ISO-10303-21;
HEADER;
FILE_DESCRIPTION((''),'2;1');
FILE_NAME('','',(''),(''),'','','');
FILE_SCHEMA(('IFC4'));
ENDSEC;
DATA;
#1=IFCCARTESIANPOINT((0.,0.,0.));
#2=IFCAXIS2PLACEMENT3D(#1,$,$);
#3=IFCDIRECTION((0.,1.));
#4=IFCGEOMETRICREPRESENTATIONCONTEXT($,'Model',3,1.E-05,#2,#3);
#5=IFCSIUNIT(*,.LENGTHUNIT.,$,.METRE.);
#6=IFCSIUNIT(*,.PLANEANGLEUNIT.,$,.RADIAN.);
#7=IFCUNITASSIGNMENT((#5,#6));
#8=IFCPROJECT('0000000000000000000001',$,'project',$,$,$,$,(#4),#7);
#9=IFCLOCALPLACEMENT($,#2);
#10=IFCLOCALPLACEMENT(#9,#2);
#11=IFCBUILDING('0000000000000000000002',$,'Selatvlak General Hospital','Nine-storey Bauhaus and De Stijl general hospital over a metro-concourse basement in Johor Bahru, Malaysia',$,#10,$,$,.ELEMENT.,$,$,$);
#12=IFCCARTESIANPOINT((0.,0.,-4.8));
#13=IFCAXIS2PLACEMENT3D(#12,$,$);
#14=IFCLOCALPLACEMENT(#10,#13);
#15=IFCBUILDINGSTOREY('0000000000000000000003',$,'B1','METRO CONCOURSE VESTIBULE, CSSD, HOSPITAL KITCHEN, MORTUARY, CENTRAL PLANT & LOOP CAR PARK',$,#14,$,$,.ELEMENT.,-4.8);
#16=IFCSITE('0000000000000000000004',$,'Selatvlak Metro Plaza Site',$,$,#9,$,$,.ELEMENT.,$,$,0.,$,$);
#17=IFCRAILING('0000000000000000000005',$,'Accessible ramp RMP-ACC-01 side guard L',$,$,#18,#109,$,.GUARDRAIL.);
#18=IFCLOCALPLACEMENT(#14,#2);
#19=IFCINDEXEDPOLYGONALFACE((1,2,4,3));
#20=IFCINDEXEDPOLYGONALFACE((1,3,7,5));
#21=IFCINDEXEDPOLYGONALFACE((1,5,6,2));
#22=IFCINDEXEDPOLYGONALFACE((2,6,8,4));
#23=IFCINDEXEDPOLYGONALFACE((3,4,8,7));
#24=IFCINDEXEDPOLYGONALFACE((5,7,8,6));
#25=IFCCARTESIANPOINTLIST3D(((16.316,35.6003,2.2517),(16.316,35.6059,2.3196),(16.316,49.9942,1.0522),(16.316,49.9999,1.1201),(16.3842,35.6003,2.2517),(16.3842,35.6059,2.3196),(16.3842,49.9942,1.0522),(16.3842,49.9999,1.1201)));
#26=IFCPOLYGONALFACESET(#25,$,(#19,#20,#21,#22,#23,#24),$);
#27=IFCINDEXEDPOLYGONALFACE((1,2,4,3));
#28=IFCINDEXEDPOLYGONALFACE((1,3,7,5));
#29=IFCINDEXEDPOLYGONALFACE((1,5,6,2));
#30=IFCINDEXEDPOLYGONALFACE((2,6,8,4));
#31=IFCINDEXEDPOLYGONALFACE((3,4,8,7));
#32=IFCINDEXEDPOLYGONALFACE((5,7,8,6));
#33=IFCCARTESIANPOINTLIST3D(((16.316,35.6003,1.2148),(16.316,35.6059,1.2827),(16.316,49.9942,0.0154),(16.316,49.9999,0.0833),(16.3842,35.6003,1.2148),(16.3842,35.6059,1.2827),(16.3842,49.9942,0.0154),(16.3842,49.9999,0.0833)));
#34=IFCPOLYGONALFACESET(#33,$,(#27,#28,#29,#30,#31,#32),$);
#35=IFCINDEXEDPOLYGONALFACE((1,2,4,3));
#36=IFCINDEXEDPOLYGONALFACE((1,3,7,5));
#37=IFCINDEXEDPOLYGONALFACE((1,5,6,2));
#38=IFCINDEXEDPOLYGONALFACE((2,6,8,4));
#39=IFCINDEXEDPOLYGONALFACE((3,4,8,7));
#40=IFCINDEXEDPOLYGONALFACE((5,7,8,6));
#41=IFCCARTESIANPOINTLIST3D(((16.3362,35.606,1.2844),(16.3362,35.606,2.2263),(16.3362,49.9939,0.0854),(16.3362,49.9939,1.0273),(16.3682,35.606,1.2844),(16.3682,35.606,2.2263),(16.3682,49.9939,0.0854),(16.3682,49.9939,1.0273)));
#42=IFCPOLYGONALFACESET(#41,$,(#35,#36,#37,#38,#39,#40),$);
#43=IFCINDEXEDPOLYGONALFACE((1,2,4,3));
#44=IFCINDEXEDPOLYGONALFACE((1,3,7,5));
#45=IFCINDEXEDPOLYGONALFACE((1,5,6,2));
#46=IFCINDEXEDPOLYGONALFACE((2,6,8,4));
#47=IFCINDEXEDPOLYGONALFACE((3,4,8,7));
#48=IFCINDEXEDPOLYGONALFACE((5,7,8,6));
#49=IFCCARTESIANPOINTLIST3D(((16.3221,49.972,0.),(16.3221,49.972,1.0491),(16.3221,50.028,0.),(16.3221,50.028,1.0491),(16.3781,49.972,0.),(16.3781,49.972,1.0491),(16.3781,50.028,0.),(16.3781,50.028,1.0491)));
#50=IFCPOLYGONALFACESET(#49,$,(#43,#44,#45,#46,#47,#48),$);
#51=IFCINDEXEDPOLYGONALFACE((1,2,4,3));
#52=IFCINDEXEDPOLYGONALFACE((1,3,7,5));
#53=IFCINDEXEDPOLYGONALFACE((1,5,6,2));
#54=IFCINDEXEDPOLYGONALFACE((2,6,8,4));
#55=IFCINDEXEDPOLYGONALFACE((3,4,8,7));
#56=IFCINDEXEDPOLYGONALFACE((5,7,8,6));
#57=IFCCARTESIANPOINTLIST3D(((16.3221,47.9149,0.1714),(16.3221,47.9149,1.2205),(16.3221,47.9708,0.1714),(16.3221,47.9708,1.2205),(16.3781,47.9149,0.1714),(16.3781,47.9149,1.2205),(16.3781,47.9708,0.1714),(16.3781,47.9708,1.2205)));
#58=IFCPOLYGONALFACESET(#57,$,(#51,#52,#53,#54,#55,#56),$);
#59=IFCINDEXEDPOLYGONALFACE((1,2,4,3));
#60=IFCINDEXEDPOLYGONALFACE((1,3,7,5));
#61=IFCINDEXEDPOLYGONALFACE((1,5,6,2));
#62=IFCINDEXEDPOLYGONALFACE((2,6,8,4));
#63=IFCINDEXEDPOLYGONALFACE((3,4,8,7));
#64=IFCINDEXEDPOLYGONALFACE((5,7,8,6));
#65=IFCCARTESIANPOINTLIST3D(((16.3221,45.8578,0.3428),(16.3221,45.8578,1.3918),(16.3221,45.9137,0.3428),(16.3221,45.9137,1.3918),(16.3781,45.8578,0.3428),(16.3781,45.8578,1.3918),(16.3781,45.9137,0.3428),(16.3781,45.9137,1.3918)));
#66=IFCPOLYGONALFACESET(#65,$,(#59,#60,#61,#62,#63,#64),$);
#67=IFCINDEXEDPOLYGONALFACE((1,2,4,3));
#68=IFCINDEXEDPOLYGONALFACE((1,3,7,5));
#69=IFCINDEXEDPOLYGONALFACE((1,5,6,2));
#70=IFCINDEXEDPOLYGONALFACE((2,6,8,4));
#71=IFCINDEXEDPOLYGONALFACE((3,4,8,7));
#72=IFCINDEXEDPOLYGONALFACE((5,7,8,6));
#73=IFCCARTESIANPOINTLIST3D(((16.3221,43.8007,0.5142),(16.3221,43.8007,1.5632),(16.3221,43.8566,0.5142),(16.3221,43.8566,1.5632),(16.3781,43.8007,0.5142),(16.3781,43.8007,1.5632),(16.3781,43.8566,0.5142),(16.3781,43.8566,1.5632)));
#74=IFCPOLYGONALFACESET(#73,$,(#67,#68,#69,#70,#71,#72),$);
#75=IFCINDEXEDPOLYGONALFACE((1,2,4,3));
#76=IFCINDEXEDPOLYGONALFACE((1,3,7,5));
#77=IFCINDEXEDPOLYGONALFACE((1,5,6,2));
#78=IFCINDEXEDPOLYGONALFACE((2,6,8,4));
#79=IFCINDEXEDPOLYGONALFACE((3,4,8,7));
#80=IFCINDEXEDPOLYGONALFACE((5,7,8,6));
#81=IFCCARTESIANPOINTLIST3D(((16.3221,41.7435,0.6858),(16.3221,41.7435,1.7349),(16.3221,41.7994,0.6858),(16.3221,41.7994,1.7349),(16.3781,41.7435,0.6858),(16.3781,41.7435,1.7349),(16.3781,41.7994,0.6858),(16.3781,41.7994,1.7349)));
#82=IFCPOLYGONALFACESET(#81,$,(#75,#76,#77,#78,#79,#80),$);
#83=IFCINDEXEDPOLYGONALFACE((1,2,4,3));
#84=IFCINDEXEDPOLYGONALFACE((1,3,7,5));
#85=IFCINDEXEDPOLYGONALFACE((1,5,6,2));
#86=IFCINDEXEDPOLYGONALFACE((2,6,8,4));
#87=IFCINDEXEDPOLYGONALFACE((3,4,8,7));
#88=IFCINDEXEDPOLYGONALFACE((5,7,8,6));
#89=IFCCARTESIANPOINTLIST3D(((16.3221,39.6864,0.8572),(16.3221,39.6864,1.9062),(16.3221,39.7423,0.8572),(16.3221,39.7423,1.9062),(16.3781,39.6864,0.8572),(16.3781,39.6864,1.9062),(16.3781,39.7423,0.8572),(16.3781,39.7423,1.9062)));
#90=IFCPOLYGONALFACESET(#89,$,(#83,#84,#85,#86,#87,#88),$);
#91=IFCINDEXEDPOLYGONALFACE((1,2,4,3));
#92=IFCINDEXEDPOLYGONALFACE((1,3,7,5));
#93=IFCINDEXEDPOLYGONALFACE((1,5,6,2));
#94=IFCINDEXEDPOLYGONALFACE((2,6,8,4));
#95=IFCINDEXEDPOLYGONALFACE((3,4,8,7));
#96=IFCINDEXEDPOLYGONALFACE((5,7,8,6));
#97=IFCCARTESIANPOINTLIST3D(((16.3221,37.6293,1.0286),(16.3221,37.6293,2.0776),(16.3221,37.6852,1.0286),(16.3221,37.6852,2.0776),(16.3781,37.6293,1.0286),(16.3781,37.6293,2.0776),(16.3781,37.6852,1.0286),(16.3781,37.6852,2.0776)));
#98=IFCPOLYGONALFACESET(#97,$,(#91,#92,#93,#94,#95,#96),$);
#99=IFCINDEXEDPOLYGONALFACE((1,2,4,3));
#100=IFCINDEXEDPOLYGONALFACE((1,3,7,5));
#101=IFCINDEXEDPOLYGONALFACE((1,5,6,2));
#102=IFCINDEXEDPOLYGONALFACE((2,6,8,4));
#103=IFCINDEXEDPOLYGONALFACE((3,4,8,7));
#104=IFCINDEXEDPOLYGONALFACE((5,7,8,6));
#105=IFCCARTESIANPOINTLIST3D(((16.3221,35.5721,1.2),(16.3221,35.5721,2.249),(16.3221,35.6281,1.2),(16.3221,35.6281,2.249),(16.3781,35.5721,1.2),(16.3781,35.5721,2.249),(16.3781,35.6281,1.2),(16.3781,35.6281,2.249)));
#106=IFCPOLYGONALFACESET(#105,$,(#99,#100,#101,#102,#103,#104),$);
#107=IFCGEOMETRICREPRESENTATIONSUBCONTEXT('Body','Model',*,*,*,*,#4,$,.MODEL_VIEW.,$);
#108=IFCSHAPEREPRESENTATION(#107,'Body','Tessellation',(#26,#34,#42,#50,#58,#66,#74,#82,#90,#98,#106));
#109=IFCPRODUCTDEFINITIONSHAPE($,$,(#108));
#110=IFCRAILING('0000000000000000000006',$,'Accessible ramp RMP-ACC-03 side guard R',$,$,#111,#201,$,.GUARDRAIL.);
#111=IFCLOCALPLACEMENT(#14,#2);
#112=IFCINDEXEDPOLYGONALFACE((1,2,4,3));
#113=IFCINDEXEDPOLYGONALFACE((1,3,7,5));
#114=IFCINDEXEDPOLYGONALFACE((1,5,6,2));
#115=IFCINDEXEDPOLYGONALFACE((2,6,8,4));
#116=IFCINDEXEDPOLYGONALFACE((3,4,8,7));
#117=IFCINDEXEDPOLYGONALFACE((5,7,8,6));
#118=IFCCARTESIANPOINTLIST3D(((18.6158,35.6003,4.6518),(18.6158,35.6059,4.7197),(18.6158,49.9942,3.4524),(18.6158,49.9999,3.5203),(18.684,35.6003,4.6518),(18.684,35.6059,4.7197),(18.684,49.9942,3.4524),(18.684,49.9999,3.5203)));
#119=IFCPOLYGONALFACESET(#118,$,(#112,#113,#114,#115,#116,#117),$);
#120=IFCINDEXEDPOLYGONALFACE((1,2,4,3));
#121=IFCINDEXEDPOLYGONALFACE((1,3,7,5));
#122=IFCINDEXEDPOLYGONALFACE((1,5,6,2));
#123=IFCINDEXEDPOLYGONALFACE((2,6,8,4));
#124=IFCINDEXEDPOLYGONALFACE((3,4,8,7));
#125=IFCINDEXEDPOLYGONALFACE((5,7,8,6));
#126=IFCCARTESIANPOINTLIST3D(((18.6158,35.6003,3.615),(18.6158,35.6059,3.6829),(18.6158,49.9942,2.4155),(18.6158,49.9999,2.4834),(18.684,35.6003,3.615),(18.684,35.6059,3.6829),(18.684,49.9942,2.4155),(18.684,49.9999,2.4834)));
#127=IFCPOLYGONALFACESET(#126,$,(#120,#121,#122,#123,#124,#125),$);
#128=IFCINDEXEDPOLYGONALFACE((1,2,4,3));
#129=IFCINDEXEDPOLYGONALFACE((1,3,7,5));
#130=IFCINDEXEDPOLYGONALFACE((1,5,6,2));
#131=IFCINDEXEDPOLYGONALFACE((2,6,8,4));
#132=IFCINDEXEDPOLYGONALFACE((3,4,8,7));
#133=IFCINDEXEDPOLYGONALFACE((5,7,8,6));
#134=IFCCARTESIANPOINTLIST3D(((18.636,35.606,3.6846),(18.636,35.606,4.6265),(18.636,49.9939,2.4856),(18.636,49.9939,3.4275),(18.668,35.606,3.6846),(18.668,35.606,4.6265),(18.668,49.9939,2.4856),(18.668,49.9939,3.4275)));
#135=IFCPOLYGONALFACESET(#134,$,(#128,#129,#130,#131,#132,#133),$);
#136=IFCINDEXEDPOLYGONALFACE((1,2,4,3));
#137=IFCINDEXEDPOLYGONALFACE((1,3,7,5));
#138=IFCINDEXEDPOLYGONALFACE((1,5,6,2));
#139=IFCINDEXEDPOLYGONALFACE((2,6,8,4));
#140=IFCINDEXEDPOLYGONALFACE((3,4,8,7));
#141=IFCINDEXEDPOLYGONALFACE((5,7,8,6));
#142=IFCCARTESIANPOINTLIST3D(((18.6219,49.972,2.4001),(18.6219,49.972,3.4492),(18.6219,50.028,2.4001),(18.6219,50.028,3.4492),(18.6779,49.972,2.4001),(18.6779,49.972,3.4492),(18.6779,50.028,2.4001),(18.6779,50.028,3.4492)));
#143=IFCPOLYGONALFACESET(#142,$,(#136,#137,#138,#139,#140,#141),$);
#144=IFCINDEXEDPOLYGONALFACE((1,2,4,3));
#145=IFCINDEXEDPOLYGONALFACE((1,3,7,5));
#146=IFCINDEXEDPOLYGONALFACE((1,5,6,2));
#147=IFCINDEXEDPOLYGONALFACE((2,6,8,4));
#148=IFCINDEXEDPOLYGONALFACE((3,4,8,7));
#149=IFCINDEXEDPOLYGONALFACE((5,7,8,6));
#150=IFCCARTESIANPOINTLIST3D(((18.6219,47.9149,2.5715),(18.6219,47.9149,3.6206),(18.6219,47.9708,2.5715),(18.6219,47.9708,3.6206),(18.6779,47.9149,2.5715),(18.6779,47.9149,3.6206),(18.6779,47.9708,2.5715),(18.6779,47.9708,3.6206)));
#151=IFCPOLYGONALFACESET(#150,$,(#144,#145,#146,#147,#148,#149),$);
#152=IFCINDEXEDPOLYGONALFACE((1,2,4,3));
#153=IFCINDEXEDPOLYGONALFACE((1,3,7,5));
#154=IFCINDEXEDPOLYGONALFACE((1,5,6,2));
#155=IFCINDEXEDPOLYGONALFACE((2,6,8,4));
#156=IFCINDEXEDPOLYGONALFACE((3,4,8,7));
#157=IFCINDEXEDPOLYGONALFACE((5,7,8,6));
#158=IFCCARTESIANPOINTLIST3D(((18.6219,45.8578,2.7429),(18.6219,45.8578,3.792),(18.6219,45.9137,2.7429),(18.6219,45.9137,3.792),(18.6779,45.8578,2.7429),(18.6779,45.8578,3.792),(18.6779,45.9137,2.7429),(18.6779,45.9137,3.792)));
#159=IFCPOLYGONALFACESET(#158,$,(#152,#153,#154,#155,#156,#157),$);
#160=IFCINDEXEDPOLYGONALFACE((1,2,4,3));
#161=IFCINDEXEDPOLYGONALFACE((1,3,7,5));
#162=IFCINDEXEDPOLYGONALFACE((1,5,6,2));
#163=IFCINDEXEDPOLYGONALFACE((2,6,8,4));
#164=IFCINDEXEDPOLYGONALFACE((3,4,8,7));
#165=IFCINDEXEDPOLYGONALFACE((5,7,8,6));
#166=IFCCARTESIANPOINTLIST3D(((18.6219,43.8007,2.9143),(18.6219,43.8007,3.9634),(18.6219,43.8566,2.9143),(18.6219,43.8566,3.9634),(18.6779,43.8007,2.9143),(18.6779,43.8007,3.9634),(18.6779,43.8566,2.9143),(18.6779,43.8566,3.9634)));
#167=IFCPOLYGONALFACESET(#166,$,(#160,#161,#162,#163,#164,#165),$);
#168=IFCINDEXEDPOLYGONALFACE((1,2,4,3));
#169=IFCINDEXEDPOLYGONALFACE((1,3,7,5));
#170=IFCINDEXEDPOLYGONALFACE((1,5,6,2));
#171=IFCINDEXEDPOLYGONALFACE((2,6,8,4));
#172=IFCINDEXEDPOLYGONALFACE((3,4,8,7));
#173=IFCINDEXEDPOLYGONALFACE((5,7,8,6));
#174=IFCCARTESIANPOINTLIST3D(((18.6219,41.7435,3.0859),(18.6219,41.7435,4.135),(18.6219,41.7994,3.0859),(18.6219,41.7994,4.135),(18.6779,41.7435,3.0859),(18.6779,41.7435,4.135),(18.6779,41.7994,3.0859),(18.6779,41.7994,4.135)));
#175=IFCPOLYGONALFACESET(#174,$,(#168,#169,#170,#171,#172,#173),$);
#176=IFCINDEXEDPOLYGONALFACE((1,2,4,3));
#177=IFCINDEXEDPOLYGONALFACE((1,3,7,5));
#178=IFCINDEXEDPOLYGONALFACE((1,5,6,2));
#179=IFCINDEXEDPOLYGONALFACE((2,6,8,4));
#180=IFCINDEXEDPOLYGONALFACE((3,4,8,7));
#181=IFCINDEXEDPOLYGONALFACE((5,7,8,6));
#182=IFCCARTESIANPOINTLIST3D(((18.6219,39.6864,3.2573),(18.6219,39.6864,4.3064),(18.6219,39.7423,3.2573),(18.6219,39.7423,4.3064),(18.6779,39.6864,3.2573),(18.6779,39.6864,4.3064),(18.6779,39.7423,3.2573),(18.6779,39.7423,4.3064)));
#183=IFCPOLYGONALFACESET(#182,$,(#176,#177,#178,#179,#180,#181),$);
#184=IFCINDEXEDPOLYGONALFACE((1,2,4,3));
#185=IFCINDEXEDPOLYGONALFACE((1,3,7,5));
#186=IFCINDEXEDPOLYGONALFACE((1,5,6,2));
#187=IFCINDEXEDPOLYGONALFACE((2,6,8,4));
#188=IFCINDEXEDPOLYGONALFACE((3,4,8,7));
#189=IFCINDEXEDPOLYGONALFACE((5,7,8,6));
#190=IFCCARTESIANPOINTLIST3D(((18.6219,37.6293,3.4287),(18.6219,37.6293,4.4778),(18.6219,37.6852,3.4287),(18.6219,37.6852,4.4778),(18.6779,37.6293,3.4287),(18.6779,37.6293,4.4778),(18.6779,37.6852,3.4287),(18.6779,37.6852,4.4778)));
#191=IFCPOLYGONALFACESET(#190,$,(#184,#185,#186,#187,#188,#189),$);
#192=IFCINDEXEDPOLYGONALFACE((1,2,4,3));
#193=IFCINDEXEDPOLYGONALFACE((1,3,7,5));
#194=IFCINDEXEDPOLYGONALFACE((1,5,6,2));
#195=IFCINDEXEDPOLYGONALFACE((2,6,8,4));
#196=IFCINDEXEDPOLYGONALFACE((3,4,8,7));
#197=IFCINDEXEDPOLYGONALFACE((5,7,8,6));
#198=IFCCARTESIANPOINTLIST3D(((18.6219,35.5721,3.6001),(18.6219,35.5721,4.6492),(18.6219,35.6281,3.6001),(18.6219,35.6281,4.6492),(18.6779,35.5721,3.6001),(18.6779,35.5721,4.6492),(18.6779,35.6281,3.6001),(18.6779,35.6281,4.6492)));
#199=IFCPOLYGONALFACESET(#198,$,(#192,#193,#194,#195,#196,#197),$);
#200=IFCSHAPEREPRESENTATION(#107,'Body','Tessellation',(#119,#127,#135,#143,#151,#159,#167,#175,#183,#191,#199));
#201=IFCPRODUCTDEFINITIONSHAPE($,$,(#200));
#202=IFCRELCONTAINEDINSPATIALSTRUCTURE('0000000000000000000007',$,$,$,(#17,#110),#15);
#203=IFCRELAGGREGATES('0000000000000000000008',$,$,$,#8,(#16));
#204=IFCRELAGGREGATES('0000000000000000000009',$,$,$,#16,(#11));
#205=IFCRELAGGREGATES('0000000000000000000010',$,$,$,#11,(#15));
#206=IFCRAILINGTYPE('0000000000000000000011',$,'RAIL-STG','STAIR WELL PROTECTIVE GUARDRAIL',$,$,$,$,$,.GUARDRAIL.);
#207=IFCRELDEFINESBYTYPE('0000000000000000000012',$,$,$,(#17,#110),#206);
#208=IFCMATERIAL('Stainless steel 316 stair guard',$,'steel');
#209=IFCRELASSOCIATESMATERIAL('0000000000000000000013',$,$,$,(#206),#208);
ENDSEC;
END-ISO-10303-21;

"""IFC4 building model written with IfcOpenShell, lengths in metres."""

from ifc_helpers import new_model, si_unit, direction, frame, origin, origin_2d, place, context, subcontext, project, spatial, polyline, rectangle, outline, extrude, material, type_object, element, save


model = new_model("IFC4")

# Units and contexts
model_context = context("Model", 3, precision=1e-05, world=origin(), true_north=direction((0.0, 1.0)))
body_context = subcontext(model_context, "Body", "Model", "MODEL_VIEW")
ifc_project = project(units=[si_unit("LENGTHUNIT", "METRE"), si_unit("PLANEANGLEUNIT", "RADIAN")], contexts=[model_context])

# Site, building, storey
site_placement = place(None, origin())
site = spatial("IfcSite", under=ifc_project, at=site_placement, Name="Selatvlak Metro Plaza Site", CompositionType="ELEMENT", RefElevation=0.0)
building_placement = place(site_placement, origin())
building = spatial("IfcBuilding", under=site, at=building_placement, Name="Selatvlak General Hospital", Description="Nine-storey Bauhaus and De Stijl general hospital over a metro-concourse basement in Johor Bahru, Malaysia", CompositionType="ELEMENT")
storey_placement = place(building_placement, frame((0.0, 0.0, -4.8)))
storey = spatial("IfcBuildingStorey", under=building, at=storey_placement, Name="B1", Description="METRO CONCOURSE VESTIBULE, CSSD, HOSPITAL KITCHEN, MORTUARY, CENTRAL PLANT & LOOP CAR PARK", CompositionType="ELEMENT", Elevation=-4.8)

# Railings
ifc_material_1 = material(Name="Stainless steel 316 stair guard", Category="steel")
railing_type = type_object("IfcRailingType", Name="RAIL-STG", Description="STAIR WELL PROTECTIVE GUARDRAIL", PredefinedType="GUARDRAIL", material=ifc_material_1)
railing_1_placement = place(storey_placement, frame((16.3501, 50.0, 0.0)))
element("IfcRailing", 1, at=railing_1_placement, inside=storey, type_object=railing_type, Name="Accessible ramp RMP-ACC-01 side guard L", PredefinedType="GUARDRAIL", context=body_context, shape_type="SweptSolid", body=[
    extrude(rectangle(XDim=0.0681, YDim=0.0681, at=origin_2d()), frame((0.0, -0.0029, 1.0862), z_axis=(0.0, -0.996546, 0.083043), x_axis=(1.0, 0.0, 0.0)), (0.0, 0.0, 1.0), 14.4438),
    extrude(rectangle(XDim=0.0681, YDim=0.0681, at=origin_2d()), frame((0.0, -0.0029, 0.0493), z_axis=(0.0, -0.996546, 0.083043), x_axis=(1.0, 0.0, 0.0)), (0.0, 0.0, 1.0), 14.4438),
    extrude(outline(polyline([(0.0, 0.0), (14.3879, 1.199), (14.3879, 2.1409), (0.0, 0.9419), (0.0, 0.0)])), frame((0.0181, -0.0061, 0.0854), z_axis=(-1.0, 0.0, 0.0), x_axis=(0.0, -1.0, 0.0)), (0.0, 0.0, 1.0), 0.032),
    extrude(rectangle(XDim=0.0559, YDim=0.0559, at=origin_2d()), origin(), (0.0, 0.0, 1.0), 1.0491),
    extrude(rectangle(XDim=0.0559, YDim=0.0559, at=origin_2d()), frame((0.0, -2.0571, 0.1714)), (0.0, 0.0, 1.0), 1.0491),
    extrude(rectangle(XDim=0.0559, YDim=0.0559, at=origin_2d()), frame((0.0, -4.1143, 0.3428)), (0.0, 0.0, 1.0), 1.0491),
    extrude(rectangle(XDim=0.0559, YDim=0.0559, at=origin_2d()), frame((0.0, -6.1714, 0.5142)), (0.0, 0.0, 1.0), 1.0491),
    extrude(rectangle(XDim=0.0559, YDim=0.0559, at=origin_2d()), frame((0.0, -8.2285, 0.6858)), (0.0, 0.0, 1.0), 1.0491),
    extrude(rectangle(XDim=0.0559, YDim=0.0559, at=origin_2d()), frame((0.0, -10.2856, 0.8572)), (0.0, 0.0, 1.0), 1.0491),
    extrude(rectangle(XDim=0.0559, YDim=0.0559, at=origin_2d()), frame((0.0, -12.3428, 1.0286)), (0.0, 0.0, 1.0), 1.0491),
    extrude(rectangle(XDim=0.0559, YDim=0.0559, at=origin_2d()), frame((0.0, -14.3999, 1.2)), (0.0, 0.0, 1.0), 1.0491),
])
railing_2_placement = place(storey_placement, frame((18.6499, 50.0, 2.4001)))
element("IfcRailing", 2, at=railing_2_placement, inside=storey, type_object=railing_type, Name="Accessible ramp RMP-ACC-03 side guard R", PredefinedType="GUARDRAIL", context=body_context, shape_type="SweptSolid", body=[
    extrude(rectangle(XDim=0.0681, YDim=0.0681, at=origin_2d()), frame((0.0, -0.0029, 1.0862), z_axis=(0.0, -0.996546, 0.083043), x_axis=(1.0, 0.0, 0.0)), (0.0, 0.0, 1.0), 14.4438),
    extrude(rectangle(XDim=0.0681, YDim=0.0681, at=origin_2d()), frame((0.0, -0.0029, 0.0493), z_axis=(0.0, -0.996546, 0.083043), x_axis=(1.0, 0.0, 0.0)), (0.0, 0.0, 1.0), 14.4438),
    extrude(outline(polyline([(0.0, 0.0), (14.3879, 1.199), (14.3879, 2.1409), (0.0, 0.9419), (0.0, 0.0)])), frame((0.0181, -0.0061, 0.0854), z_axis=(-1.0, 0.0, 0.0), x_axis=(0.0, -1.0, 0.0)), (0.0, 0.0, 1.0), 0.032),
    extrude(rectangle(XDim=0.0559, YDim=0.0559, at=origin_2d()), origin(), (0.0, 0.0, 1.0), 1.0491),
    extrude(rectangle(XDim=0.0559, YDim=0.0559, at=origin_2d()), frame((0.0, -2.0571, 0.1714)), (0.0, 0.0, 1.0), 1.0491),
    extrude(rectangle(XDim=0.0559, YDim=0.0559, at=origin_2d()), frame((0.0, -4.1143, 0.3428)), (0.0, 0.0, 1.0), 1.0491),
    extrude(rectangle(XDim=0.0559, YDim=0.0559, at=origin_2d()), frame((0.0, -6.1714, 0.5142)), (0.0, 0.0, 1.0), 1.0491),
    extrude(rectangle(XDim=0.0559, YDim=0.0559, at=origin_2d()), frame((0.0, -8.2285, 0.6858)), (0.0, 0.0, 1.0), 1.0491),
    extrude(rectangle(XDim=0.0559, YDim=0.0559, at=origin_2d()), frame((0.0, -10.2856, 0.8572)), (0.0, 0.0, 1.0), 1.0491),
    extrude(rectangle(XDim=0.0559, YDim=0.0559, at=origin_2d()), frame((0.0, -12.3428, 1.0286)), (0.0, 0.0, 1.0), 1.0491),
    extrude(rectangle(XDim=0.0559, YDim=0.0559, at=origin_2d()), frame((0.0, -14.3999, 1.2)), (0.0, 0.0, 1.0), 1.0491),
])

save(model, "model.ifc")
